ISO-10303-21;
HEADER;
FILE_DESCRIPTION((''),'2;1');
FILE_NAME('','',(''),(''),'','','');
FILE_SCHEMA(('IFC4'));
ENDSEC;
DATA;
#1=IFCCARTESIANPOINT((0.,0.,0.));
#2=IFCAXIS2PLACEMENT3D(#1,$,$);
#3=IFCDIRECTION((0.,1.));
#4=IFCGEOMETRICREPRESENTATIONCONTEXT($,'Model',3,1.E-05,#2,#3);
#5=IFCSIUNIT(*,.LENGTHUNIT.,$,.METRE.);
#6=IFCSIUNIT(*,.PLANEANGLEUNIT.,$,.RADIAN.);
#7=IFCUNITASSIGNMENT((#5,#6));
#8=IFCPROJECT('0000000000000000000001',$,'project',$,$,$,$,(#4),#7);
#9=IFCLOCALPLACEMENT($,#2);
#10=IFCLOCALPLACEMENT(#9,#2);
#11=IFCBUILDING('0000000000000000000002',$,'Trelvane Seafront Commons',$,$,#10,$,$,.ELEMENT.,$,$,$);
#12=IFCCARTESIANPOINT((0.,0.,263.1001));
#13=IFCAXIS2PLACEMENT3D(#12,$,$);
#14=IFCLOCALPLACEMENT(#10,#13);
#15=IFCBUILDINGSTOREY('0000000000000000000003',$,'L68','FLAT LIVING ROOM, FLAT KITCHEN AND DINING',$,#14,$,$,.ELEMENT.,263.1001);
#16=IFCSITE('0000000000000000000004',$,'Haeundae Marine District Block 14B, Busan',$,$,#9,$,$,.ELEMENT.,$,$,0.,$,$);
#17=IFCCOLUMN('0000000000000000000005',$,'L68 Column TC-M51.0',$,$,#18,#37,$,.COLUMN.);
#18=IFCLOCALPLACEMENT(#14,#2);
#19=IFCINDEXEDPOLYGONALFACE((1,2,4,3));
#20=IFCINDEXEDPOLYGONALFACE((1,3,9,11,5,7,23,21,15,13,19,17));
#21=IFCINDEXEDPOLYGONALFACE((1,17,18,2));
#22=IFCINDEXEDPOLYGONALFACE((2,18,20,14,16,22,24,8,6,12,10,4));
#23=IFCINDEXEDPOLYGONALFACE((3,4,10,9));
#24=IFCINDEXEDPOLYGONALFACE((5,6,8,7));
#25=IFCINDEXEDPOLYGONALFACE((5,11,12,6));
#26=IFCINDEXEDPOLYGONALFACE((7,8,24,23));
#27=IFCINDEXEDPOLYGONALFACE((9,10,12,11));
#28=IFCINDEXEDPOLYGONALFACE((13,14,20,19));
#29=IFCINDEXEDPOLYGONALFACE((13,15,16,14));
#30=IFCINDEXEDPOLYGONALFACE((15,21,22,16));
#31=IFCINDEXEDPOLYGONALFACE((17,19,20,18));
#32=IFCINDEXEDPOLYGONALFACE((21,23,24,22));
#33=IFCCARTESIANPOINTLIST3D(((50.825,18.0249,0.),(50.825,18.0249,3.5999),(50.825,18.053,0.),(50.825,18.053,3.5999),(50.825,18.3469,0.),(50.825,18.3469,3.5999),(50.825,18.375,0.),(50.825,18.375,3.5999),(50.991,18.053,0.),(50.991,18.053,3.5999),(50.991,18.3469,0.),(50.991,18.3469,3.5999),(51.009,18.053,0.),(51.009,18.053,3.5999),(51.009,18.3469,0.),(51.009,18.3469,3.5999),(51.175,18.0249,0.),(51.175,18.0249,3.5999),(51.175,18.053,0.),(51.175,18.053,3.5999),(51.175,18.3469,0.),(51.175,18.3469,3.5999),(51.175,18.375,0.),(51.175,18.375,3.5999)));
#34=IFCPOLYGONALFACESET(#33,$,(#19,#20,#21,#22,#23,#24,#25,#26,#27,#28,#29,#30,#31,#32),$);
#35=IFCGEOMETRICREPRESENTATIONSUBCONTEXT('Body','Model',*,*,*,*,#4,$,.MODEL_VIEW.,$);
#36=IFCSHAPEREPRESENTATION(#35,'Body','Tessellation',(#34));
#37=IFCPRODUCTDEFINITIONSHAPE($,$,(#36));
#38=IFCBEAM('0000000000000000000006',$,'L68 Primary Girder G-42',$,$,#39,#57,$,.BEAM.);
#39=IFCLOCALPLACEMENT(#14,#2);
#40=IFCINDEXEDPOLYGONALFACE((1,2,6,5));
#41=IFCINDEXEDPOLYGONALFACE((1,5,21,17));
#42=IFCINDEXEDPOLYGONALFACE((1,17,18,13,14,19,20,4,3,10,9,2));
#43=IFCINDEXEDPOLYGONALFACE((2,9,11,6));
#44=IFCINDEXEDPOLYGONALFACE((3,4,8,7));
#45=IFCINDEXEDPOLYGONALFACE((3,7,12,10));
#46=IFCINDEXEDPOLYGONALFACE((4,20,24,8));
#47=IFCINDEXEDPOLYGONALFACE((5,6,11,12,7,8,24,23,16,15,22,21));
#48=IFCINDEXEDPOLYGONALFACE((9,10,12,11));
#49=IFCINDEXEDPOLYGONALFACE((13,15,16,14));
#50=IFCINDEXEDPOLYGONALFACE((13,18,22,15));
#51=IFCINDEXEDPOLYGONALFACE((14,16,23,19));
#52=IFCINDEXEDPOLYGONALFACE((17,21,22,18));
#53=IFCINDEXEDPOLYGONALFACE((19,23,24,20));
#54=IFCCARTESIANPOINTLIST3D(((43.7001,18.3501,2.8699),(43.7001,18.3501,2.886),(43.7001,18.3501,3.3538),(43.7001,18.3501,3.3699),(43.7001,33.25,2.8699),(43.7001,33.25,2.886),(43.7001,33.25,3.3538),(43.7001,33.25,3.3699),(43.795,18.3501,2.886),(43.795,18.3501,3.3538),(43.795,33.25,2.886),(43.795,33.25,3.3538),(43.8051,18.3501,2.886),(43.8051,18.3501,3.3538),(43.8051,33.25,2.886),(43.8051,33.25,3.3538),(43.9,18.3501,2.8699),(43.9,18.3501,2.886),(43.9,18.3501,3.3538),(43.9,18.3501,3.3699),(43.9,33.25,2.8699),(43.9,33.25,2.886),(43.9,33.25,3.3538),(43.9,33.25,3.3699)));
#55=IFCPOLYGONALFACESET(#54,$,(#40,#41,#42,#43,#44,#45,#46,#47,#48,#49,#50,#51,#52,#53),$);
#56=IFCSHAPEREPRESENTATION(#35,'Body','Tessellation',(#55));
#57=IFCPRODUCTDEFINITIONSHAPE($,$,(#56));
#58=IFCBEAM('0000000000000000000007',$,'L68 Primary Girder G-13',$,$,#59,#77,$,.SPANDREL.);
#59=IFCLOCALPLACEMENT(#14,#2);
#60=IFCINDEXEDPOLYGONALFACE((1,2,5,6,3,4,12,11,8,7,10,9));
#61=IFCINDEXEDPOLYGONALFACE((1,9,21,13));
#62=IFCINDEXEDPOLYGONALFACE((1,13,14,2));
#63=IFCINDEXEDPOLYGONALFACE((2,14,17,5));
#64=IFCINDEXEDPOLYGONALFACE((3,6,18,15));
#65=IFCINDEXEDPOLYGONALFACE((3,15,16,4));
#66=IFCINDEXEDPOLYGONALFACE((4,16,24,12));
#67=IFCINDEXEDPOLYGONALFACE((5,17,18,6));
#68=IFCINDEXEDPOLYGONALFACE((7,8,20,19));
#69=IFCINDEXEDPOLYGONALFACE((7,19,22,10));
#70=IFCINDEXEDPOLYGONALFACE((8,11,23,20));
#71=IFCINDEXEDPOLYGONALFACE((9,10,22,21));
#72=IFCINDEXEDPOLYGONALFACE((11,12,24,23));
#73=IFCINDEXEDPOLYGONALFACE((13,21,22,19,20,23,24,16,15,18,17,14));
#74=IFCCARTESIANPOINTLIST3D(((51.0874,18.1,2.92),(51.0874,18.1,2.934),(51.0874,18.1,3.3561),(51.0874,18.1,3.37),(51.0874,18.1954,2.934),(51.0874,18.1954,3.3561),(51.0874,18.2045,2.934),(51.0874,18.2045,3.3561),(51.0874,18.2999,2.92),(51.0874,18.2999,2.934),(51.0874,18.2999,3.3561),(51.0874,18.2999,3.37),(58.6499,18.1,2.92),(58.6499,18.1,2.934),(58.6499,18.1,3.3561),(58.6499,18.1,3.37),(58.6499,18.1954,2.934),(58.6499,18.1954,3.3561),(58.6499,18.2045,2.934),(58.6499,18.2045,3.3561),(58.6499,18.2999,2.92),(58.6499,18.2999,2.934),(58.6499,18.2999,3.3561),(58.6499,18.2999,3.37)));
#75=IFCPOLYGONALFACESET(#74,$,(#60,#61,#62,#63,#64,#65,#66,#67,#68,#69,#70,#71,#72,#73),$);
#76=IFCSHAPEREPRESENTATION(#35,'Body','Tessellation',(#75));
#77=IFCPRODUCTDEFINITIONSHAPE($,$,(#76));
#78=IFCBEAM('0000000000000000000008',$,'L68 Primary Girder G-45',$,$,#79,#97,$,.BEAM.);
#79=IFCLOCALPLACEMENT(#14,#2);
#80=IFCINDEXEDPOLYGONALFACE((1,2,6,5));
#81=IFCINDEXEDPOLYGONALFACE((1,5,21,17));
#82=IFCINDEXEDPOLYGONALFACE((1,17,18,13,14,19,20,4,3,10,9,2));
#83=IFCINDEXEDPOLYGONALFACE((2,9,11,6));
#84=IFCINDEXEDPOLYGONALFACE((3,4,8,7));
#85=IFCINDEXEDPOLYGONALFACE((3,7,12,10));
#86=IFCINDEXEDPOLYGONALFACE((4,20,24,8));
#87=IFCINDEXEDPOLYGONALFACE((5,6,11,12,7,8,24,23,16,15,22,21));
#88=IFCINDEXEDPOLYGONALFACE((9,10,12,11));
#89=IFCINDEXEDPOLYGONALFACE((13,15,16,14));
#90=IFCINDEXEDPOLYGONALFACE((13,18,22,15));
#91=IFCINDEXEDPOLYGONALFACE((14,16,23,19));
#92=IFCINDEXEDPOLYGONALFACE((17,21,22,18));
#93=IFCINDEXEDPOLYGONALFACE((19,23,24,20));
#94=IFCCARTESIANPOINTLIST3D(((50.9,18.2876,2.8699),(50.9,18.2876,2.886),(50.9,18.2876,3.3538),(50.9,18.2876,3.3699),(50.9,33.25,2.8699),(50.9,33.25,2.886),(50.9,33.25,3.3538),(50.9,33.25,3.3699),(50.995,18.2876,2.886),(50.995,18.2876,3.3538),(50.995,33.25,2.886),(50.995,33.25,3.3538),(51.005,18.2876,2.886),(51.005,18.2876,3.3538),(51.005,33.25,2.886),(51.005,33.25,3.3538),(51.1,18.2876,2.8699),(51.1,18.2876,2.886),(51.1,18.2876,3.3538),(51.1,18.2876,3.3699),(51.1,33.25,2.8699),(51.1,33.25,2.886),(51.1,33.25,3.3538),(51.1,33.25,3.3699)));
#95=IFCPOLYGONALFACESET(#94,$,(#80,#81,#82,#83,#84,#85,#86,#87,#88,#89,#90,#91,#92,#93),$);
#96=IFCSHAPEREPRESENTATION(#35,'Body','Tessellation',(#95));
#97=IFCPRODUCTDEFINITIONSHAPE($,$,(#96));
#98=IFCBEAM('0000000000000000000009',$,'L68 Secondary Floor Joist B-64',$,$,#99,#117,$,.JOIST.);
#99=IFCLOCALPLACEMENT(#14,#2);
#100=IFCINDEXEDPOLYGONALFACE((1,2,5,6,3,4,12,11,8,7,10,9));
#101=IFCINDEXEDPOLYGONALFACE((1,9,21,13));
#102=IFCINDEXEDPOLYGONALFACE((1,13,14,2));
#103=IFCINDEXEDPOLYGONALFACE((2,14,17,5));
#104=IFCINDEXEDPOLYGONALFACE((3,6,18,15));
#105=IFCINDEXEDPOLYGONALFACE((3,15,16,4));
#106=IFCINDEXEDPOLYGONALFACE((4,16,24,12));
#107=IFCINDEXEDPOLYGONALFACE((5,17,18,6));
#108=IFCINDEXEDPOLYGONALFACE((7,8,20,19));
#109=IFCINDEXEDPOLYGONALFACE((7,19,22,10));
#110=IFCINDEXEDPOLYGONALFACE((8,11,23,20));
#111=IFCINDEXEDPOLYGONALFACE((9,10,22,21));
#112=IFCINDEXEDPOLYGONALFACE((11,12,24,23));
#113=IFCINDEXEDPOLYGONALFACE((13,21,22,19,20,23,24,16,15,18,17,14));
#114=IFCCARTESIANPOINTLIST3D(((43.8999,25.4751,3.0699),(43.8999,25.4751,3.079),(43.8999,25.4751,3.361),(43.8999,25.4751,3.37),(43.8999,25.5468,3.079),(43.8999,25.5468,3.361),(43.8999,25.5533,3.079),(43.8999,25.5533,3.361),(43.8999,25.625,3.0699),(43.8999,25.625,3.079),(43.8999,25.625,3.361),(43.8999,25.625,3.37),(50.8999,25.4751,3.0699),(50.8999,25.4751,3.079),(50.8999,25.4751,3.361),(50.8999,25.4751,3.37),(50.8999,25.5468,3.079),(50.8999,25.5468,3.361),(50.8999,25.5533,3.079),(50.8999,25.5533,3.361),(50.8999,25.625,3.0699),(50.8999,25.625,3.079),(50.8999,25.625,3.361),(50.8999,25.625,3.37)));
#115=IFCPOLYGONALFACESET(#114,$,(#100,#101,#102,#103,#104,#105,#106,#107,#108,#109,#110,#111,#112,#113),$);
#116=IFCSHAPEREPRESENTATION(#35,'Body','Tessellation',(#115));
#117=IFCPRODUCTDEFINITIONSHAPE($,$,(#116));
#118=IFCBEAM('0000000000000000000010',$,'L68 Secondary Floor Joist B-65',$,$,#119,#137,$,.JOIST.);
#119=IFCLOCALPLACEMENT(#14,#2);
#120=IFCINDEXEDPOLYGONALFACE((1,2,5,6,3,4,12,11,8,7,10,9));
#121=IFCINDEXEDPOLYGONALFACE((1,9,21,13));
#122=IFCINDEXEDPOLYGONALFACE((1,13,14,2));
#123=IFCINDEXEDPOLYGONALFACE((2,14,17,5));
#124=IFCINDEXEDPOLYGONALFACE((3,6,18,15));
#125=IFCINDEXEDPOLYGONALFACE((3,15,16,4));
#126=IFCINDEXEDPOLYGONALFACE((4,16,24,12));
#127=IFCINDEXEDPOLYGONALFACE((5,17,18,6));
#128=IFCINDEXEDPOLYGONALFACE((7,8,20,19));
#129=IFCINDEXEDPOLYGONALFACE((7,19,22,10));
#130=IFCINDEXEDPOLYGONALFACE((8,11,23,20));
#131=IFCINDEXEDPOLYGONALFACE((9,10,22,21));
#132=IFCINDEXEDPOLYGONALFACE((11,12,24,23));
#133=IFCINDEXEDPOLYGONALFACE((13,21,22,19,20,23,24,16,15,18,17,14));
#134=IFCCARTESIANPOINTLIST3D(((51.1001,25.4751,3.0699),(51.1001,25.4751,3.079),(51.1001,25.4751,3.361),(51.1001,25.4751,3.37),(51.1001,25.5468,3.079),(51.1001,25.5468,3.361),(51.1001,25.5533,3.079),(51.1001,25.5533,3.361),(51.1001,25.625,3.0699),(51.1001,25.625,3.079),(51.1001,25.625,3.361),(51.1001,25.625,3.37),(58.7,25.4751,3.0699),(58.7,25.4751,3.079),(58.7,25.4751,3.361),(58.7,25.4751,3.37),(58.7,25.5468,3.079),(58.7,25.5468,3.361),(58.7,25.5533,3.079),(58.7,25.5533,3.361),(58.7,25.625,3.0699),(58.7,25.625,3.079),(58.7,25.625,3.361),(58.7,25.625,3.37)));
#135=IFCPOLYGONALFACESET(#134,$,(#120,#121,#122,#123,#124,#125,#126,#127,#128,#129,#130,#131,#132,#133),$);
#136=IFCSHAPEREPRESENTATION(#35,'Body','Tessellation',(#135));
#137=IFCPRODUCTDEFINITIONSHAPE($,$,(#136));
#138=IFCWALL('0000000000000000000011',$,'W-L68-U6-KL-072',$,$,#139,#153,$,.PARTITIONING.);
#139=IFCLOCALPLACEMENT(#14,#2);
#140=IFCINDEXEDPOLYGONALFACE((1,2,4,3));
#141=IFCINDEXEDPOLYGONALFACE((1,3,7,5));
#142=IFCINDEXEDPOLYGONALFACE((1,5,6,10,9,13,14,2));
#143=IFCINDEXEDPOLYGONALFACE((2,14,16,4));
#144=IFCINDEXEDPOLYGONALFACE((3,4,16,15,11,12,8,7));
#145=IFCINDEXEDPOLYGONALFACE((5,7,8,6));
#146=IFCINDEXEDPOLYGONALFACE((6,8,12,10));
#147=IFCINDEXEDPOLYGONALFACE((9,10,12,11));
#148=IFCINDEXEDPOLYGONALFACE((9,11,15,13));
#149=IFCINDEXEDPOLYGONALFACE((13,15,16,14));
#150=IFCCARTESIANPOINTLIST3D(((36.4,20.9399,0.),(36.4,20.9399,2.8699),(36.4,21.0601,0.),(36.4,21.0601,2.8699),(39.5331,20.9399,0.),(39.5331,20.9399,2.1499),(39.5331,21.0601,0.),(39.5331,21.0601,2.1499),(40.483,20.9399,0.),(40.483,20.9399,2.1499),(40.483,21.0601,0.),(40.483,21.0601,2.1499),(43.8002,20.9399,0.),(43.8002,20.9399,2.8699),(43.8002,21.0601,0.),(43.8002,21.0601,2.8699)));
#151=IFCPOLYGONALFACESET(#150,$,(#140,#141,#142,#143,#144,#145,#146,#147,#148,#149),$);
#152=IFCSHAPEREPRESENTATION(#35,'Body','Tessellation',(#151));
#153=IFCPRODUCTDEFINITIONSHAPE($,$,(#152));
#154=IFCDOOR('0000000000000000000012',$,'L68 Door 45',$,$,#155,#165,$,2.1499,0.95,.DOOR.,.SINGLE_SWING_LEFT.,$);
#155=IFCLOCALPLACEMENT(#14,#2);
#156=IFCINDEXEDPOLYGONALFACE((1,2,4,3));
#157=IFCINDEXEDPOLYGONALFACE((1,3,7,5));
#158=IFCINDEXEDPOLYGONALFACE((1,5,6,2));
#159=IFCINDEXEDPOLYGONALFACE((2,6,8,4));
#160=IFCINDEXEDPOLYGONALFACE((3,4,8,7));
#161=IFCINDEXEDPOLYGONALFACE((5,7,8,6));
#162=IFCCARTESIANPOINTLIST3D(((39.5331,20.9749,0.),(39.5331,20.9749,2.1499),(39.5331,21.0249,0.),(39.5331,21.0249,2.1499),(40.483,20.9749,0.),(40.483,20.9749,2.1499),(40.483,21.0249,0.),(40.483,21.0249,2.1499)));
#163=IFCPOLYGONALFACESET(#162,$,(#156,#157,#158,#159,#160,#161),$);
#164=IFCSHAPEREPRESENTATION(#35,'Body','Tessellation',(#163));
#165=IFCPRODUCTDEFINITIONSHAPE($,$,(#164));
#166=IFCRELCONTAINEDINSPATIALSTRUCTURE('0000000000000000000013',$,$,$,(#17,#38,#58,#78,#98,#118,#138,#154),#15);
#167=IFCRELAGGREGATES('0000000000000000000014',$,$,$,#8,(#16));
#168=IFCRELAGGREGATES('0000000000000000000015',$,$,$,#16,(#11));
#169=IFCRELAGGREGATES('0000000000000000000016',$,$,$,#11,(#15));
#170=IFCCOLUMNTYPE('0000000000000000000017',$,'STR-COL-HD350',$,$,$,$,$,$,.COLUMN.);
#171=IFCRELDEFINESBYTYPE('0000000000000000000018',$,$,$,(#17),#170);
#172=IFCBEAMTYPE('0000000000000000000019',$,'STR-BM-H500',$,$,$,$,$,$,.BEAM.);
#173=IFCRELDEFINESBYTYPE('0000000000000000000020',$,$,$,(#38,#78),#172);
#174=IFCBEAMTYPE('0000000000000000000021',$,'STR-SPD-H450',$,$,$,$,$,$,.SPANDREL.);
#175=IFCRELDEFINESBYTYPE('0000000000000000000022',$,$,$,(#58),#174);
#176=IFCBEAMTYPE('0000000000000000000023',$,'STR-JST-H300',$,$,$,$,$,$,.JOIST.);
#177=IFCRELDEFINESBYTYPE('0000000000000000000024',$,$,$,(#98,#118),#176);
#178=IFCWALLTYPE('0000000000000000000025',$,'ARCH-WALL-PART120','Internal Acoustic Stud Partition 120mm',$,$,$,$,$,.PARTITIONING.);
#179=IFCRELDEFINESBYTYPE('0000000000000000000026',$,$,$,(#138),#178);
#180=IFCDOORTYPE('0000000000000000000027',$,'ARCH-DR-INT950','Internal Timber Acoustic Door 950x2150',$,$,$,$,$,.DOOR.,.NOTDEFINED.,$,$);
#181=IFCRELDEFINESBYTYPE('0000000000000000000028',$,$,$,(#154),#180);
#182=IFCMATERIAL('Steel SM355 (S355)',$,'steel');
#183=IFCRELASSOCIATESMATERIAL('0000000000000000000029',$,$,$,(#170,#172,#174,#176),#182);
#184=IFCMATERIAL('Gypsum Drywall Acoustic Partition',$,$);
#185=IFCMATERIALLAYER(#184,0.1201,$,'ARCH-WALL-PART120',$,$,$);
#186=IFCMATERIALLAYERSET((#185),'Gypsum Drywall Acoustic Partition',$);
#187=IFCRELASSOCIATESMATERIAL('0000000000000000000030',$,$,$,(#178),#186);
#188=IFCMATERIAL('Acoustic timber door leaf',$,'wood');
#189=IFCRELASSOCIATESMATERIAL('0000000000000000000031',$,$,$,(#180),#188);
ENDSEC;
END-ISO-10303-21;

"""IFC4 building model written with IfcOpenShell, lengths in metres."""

from ifc_helpers import new_model, si_unit, direction, frame, frame_2d, origin, origin_2d, place, context, subcontext, project, spatial, rectangle, i_section, extrude, source, transform, mapped, material, layer, layer_set, material_profile, profile_set, type_object, element, fill, save


model = new_model("IFC4")

# Units and contexts
model_context = context("Model", 3, precision=1e-05, world=origin(), true_north=direction((0.0, 1.0)))
body_context = subcontext(model_context, "Body", "Model", "MODEL_VIEW")
ifc_project = project(units=[si_unit("LENGTHUNIT", "METRE"), si_unit("PLANEANGLEUNIT", "RADIAN")], contexts=[model_context])

# Site, building, storey
site_placement = place(None, origin())
site = spatial("IfcSite", under=ifc_project, at=site_placement, Name="Haeundae Marine District Block 14B, Busan", CompositionType="ELEMENT", RefElevation=0.0)
building_placement = place(site_placement, origin())
building = spatial("IfcBuilding", under=site, at=building_placement, Name="Trelvane Seafront Commons", CompositionType="ELEMENT")
storey_placement = place(building_placement, frame((0.0, 0.0, 263.1001)))
storey = spatial("IfcBuildingStorey", under=building, at=storey_placement, Name="L68", Description="FLAT LIVING ROOM, FLAT KITCHEN AND DINING", CompositionType="ELEMENT", Elevation=263.1001)

# Column
ifc_material_1 = material(Name="Steel SM355 (S355)", Category="steel")
ifc_material_profile_1 = material_profile(ifc_material_1, i_section(OverallWidth=0.3501, OverallDepth=0.3501, WebThickness=0.0181, FlangeThickness=0.0281, at=origin_2d()), Name="HD-350x350x18x28")
ifc_profile_set_1 = profile_set([ifc_material_profile_1], Name="Steel SM355 (S355)")
column_type = type_object("IfcColumnType", Name="STR-COL-HD350", PredefinedType="COLUMN", material=ifc_profile_set_1)
shared_shape_1 = source(origin(), body_context, "Body", "SweptSolid", [
    extrude(i_section(OverallWidth=0.3501, OverallDepth=0.3501, WebThickness=0.0181, FlangeThickness=0.0281, at=origin_2d()), origin(), (0.0, 0.0, 1.0), 3.5999),
])
column_placement = place(storey_placement, frame((51.0, 18.2, 0.0), z_axis=(0.0, 0.0, 1.0), x_axis=(1.0, 0.0, 0.0)))
element("IfcColumn", 1, at=column_placement, inside=storey, type_object=column_type, Name="L68 Column TC-M51.0", PredefinedType="COLUMN", context=body_context, shape_type="MappedRepresentation", body=[
    mapped(shared_shape_1, transform((0.0, 0.0, 0.0), x_axis=(1.0, 0.0, 0.0), y_axis=(0.0, 1.0, 0.0), z_axis=(0.0, 0.0, 1.0), scale=1.0)),
])

# Beams
ifc_material_profile_2 = material_profile(ifc_material_1, i_section(OverallWidth=0.2, OverallDepth=0.5, WebThickness=0.01, FlangeThickness=0.0161, at=origin_2d()), Name="H-500x200x10x16")
ifc_profile_set_2 = profile_set([ifc_material_profile_2], Name="Steel SM355 (S355)")
beam_type_1 = type_object("IfcBeamType", Name="STR-BM-H500", PredefinedType="BEAM", material=ifc_profile_set_2)
shared_shape_2 = source(origin(), body_context, "Body", "SweptSolid", [
    extrude(i_section(OverallWidth=0.2, OverallDepth=0.5, WebThickness=0.01, FlangeThickness=0.0161, at=origin_2d()), origin(), (0.0, 0.0, 1.0), 14.8999),
])
beam_1_placement = place(storey_placement, frame((43.8, 18.3501, 3.1199), z_axis=(0.0, 1.0, 0.0), x_axis=(-1.0, 0.0, 0.0)))
element("IfcBeam", 2, at=beam_1_placement, inside=storey, type_object=beam_type_1, Name="L68 Primary Girder G-42", PredefinedType="BEAM", context=body_context, shape_type="MappedRepresentation", body=[
    mapped(shared_shape_2, transform((0.0, 0.0, 0.0), x_axis=(1.0, 0.0, 0.0), y_axis=(0.0, 1.0, 0.0), z_axis=(0.0, 0.0, 1.0), scale=1.0)),
])
ifc_material_profile_3 = material_profile(ifc_material_1, i_section(OverallWidth=0.2, OverallDepth=0.45, WebThickness=0.009, FlangeThickness=0.0139, at=origin_2d()), Name="H-450x200x9x14")
ifc_profile_set_3 = profile_set([ifc_material_profile_3], Name="Steel SM355 (S355)")
beam_type_2 = type_object("IfcBeamType", Name="STR-SPD-H450", PredefinedType="SPANDREL", material=ifc_profile_set_3)
shared_shape_3 = source(origin(), body_context, "Body", "SweptSolid", [
    extrude(i_section(OverallWidth=0.2, OverallDepth=0.45, WebThickness=0.009, FlangeThickness=0.0139, at=origin_2d()), origin(), (0.0, 0.0, 1.0), 7.5625),
])
beam_2_placement = place(storey_placement, frame((51.0874, 18.2, 3.145), z_axis=(1.0, 0.0, 0.0), x_axis=(0.0, 1.0, 0.0)))
element("IfcBeam", 3, at=beam_2_placement, inside=storey, type_object=beam_type_2, Name="L68 Primary Girder G-13", PredefinedType="SPANDREL", context=body_context, shape_type="MappedRepresentation", body=[
    mapped(shared_shape_3, transform((0.0, 0.0, 0.0), x_axis=(1.0, 0.0, 0.0), y_axis=(0.0, 1.0, 0.0), z_axis=(0.0, 0.0, 1.0), scale=1.0)),
])
shared_shape_4 = source(origin(), body_context, "Body", "SweptSolid", [
    extrude(i_section(OverallWidth=0.2, OverallDepth=0.5, WebThickness=0.01, FlangeThickness=0.0161, at=origin_2d()), origin(), (0.0, 0.0, 1.0), 14.9624),
])
beam_3_placement = place(storey_placement, frame((51.0, 18.2876, 3.1199), z_axis=(0.0, 1.0, 0.0), x_axis=(-1.0, 0.0, 0.0)))
element("IfcBeam", 4, at=beam_3_placement, inside=storey, type_object=beam_type_1, Name="L68 Primary Girder G-45", PredefinedType="BEAM", context=body_context, shape_type="MappedRepresentation", body=[
    mapped(shared_shape_4, transform((0.0, 0.0, 0.0), x_axis=(1.0, 0.0, 0.0), y_axis=(0.0, 1.0, 0.0), z_axis=(0.0, 0.0, 1.0), scale=1.0)),
])
ifc_material_profile_4 = material_profile(ifc_material_1, i_section(OverallWidth=0.1499, OverallDepth=0.3, WebThickness=0.0066, FlangeThickness=0.009, at=origin_2d()), Name="H-300x150x6.5x9")
ifc_profile_set_4 = profile_set([ifc_material_profile_4], Name="Steel SM355 (S355)")
beam_type_3 = type_object("IfcBeamType", Name="STR-JST-H300", PredefinedType="JOIST", material=ifc_profile_set_4)
shared_shape_5 = source(origin(), body_context, "Body", "SweptSolid", [
    extrude(i_section(OverallWidth=0.1499, OverallDepth=0.3, WebThickness=0.0066, FlangeThickness=0.009, at=origin_2d()), origin(), (0.0, 0.0, 1.0), 7.0),
])
beam_4_placement = place(storey_placement, frame((43.8999, 25.55, 3.22), z_axis=(1.0, 0.0, 0.0), x_axis=(0.0, 1.0, 0.0)))
element("IfcBeam", 5, at=beam_4_placement, inside=storey, type_object=beam_type_3, Name="L68 Secondary Floor Joist B-64", PredefinedType="JOIST", context=body_context, shape_type="MappedRepresentation", body=[
    mapped(shared_shape_5, transform((0.0, 0.0, 0.0), x_axis=(1.0, 0.0, 0.0), y_axis=(0.0, 1.0, 0.0), z_axis=(0.0, 0.0, 1.0), scale=1.0)),
])
shared_shape_6 = source(origin(), body_context, "Body", "SweptSolid", [
    extrude(i_section(OverallWidth=0.1499, OverallDepth=0.3, WebThickness=0.0066, FlangeThickness=0.009, at=origin_2d()), origin(), (0.0, 0.0, 1.0), 7.5999),
])
beam_5_placement = place(storey_placement, frame((51.1001, 25.55, 3.22), z_axis=(1.0, 0.0, 0.0), x_axis=(0.0, 1.0, 0.0)))
element("IfcBeam", 6, at=beam_5_placement, inside=storey, type_object=beam_type_3, Name="L68 Secondary Floor Joist B-65", PredefinedType="JOIST", context=body_context, shape_type="MappedRepresentation", body=[
    mapped(shared_shape_6, transform((0.0, 0.0, 0.0), x_axis=(1.0, 0.0, 0.0), y_axis=(0.0, 1.0, 0.0), z_axis=(0.0, 0.0, 1.0), scale=1.0)),
])

# Wall, opening, door
ifc_material_2 = material(Name="Gypsum Drywall Acoustic Partition")
ifc_layer = layer(ifc_material_2, 0.1201, Name="ARCH-WALL-PART120")
ifc_layer_set = layer_set([ifc_layer], Name="Gypsum Drywall Acoustic Partition")
wall_type = type_object("IfcWallType", Name="ARCH-WALL-PART120", Description="Internal Acoustic Stud Partition 120mm", PredefinedType="PARTITIONING", material=ifc_layer_set)
wall_1_placement = place(storey_placement, frame((36.3999, 21.0, 0.0), z_axis=(0.0, 0.0, 1.0), x_axis=(1.0, 0.0, 0.0)))
wall_1 = element("IfcWall", 7, at=wall_1_placement, inside=storey, type_object=wall_type, Name="W-L68-U6-KL-072", PredefinedType="PARTITIONING", context=body_context, shape_type="SweptSolid", body=[
    extrude(rectangle(XDim=7.4001, YDim=0.1201, at=frame_2d((3.7002, 0.0))), origin(), (0.0, 0.0, 1.0), 2.8699),
])
opening_1_placement = place(wall_1_placement, frame((3.1331, 0.0, 0.0)))
opening_1 = element("IfcOpeningElement", 8, at=opening_1_placement, cuts=wall_1, PredefinedType="OPENING", context=body_context, shape_type="SweptSolid", body=[
    extrude(rectangle(XDim=0.95, YDim=2.1499, at=frame_2d((0.4751, 1.075))), frame((0.0, 0.0701, 0.0), z_axis=(0.0, -1.0, 0.0), x_axis=(1.0, 0.0, 0.0)), (0.0, 0.0, 1.0), 0.1401),
])
ifc_material_3 = material(Name="Acoustic timber door leaf", Category="wood")
door_type_1 = type_object("IfcDoorType", Name="ARCH-DR-INT950", Description="Internal Timber Acoustic Door 950x2150", OperationType="NOTDEFINED", PredefinedType="DOOR", material=ifc_material_3)
shared_shape_7 = source(origin(), body_context, "Body", "SweptSolid", [
    extrude(rectangle(XDim=0.95, YDim=2.1499, at=frame_2d((0.4751, 1.075))), frame((0.0, 0.0249, 0.0), z_axis=(0.0, -1.0, 0.0), x_axis=(1.0, 0.0, 0.0)), (0.0, 0.0, 1.0), 0.05),
])
door_1_placement = place(opening_1_placement, origin())
door_1 = element("IfcDoor", 9, at=door_1_placement, inside=storey, type_object=door_type_1, Name="L68 Door 45", OperationType="SINGLE_SWING_LEFT", OverallHeight=2.1499, OverallWidth=0.95, PredefinedType="DOOR", context=body_context, shape_type="MappedRepresentation", body=[
    mapped(shared_shape_7, transform((0.0, 0.0, 0.0), x_axis=(1.0, 0.0, 0.0), y_axis=(0.0, 1.0, 0.0), z_axis=(0.0, 0.0, 1.0), scale=1.0)),
])
fill(opening_1, door_1)

save(model, "model.ifc")
